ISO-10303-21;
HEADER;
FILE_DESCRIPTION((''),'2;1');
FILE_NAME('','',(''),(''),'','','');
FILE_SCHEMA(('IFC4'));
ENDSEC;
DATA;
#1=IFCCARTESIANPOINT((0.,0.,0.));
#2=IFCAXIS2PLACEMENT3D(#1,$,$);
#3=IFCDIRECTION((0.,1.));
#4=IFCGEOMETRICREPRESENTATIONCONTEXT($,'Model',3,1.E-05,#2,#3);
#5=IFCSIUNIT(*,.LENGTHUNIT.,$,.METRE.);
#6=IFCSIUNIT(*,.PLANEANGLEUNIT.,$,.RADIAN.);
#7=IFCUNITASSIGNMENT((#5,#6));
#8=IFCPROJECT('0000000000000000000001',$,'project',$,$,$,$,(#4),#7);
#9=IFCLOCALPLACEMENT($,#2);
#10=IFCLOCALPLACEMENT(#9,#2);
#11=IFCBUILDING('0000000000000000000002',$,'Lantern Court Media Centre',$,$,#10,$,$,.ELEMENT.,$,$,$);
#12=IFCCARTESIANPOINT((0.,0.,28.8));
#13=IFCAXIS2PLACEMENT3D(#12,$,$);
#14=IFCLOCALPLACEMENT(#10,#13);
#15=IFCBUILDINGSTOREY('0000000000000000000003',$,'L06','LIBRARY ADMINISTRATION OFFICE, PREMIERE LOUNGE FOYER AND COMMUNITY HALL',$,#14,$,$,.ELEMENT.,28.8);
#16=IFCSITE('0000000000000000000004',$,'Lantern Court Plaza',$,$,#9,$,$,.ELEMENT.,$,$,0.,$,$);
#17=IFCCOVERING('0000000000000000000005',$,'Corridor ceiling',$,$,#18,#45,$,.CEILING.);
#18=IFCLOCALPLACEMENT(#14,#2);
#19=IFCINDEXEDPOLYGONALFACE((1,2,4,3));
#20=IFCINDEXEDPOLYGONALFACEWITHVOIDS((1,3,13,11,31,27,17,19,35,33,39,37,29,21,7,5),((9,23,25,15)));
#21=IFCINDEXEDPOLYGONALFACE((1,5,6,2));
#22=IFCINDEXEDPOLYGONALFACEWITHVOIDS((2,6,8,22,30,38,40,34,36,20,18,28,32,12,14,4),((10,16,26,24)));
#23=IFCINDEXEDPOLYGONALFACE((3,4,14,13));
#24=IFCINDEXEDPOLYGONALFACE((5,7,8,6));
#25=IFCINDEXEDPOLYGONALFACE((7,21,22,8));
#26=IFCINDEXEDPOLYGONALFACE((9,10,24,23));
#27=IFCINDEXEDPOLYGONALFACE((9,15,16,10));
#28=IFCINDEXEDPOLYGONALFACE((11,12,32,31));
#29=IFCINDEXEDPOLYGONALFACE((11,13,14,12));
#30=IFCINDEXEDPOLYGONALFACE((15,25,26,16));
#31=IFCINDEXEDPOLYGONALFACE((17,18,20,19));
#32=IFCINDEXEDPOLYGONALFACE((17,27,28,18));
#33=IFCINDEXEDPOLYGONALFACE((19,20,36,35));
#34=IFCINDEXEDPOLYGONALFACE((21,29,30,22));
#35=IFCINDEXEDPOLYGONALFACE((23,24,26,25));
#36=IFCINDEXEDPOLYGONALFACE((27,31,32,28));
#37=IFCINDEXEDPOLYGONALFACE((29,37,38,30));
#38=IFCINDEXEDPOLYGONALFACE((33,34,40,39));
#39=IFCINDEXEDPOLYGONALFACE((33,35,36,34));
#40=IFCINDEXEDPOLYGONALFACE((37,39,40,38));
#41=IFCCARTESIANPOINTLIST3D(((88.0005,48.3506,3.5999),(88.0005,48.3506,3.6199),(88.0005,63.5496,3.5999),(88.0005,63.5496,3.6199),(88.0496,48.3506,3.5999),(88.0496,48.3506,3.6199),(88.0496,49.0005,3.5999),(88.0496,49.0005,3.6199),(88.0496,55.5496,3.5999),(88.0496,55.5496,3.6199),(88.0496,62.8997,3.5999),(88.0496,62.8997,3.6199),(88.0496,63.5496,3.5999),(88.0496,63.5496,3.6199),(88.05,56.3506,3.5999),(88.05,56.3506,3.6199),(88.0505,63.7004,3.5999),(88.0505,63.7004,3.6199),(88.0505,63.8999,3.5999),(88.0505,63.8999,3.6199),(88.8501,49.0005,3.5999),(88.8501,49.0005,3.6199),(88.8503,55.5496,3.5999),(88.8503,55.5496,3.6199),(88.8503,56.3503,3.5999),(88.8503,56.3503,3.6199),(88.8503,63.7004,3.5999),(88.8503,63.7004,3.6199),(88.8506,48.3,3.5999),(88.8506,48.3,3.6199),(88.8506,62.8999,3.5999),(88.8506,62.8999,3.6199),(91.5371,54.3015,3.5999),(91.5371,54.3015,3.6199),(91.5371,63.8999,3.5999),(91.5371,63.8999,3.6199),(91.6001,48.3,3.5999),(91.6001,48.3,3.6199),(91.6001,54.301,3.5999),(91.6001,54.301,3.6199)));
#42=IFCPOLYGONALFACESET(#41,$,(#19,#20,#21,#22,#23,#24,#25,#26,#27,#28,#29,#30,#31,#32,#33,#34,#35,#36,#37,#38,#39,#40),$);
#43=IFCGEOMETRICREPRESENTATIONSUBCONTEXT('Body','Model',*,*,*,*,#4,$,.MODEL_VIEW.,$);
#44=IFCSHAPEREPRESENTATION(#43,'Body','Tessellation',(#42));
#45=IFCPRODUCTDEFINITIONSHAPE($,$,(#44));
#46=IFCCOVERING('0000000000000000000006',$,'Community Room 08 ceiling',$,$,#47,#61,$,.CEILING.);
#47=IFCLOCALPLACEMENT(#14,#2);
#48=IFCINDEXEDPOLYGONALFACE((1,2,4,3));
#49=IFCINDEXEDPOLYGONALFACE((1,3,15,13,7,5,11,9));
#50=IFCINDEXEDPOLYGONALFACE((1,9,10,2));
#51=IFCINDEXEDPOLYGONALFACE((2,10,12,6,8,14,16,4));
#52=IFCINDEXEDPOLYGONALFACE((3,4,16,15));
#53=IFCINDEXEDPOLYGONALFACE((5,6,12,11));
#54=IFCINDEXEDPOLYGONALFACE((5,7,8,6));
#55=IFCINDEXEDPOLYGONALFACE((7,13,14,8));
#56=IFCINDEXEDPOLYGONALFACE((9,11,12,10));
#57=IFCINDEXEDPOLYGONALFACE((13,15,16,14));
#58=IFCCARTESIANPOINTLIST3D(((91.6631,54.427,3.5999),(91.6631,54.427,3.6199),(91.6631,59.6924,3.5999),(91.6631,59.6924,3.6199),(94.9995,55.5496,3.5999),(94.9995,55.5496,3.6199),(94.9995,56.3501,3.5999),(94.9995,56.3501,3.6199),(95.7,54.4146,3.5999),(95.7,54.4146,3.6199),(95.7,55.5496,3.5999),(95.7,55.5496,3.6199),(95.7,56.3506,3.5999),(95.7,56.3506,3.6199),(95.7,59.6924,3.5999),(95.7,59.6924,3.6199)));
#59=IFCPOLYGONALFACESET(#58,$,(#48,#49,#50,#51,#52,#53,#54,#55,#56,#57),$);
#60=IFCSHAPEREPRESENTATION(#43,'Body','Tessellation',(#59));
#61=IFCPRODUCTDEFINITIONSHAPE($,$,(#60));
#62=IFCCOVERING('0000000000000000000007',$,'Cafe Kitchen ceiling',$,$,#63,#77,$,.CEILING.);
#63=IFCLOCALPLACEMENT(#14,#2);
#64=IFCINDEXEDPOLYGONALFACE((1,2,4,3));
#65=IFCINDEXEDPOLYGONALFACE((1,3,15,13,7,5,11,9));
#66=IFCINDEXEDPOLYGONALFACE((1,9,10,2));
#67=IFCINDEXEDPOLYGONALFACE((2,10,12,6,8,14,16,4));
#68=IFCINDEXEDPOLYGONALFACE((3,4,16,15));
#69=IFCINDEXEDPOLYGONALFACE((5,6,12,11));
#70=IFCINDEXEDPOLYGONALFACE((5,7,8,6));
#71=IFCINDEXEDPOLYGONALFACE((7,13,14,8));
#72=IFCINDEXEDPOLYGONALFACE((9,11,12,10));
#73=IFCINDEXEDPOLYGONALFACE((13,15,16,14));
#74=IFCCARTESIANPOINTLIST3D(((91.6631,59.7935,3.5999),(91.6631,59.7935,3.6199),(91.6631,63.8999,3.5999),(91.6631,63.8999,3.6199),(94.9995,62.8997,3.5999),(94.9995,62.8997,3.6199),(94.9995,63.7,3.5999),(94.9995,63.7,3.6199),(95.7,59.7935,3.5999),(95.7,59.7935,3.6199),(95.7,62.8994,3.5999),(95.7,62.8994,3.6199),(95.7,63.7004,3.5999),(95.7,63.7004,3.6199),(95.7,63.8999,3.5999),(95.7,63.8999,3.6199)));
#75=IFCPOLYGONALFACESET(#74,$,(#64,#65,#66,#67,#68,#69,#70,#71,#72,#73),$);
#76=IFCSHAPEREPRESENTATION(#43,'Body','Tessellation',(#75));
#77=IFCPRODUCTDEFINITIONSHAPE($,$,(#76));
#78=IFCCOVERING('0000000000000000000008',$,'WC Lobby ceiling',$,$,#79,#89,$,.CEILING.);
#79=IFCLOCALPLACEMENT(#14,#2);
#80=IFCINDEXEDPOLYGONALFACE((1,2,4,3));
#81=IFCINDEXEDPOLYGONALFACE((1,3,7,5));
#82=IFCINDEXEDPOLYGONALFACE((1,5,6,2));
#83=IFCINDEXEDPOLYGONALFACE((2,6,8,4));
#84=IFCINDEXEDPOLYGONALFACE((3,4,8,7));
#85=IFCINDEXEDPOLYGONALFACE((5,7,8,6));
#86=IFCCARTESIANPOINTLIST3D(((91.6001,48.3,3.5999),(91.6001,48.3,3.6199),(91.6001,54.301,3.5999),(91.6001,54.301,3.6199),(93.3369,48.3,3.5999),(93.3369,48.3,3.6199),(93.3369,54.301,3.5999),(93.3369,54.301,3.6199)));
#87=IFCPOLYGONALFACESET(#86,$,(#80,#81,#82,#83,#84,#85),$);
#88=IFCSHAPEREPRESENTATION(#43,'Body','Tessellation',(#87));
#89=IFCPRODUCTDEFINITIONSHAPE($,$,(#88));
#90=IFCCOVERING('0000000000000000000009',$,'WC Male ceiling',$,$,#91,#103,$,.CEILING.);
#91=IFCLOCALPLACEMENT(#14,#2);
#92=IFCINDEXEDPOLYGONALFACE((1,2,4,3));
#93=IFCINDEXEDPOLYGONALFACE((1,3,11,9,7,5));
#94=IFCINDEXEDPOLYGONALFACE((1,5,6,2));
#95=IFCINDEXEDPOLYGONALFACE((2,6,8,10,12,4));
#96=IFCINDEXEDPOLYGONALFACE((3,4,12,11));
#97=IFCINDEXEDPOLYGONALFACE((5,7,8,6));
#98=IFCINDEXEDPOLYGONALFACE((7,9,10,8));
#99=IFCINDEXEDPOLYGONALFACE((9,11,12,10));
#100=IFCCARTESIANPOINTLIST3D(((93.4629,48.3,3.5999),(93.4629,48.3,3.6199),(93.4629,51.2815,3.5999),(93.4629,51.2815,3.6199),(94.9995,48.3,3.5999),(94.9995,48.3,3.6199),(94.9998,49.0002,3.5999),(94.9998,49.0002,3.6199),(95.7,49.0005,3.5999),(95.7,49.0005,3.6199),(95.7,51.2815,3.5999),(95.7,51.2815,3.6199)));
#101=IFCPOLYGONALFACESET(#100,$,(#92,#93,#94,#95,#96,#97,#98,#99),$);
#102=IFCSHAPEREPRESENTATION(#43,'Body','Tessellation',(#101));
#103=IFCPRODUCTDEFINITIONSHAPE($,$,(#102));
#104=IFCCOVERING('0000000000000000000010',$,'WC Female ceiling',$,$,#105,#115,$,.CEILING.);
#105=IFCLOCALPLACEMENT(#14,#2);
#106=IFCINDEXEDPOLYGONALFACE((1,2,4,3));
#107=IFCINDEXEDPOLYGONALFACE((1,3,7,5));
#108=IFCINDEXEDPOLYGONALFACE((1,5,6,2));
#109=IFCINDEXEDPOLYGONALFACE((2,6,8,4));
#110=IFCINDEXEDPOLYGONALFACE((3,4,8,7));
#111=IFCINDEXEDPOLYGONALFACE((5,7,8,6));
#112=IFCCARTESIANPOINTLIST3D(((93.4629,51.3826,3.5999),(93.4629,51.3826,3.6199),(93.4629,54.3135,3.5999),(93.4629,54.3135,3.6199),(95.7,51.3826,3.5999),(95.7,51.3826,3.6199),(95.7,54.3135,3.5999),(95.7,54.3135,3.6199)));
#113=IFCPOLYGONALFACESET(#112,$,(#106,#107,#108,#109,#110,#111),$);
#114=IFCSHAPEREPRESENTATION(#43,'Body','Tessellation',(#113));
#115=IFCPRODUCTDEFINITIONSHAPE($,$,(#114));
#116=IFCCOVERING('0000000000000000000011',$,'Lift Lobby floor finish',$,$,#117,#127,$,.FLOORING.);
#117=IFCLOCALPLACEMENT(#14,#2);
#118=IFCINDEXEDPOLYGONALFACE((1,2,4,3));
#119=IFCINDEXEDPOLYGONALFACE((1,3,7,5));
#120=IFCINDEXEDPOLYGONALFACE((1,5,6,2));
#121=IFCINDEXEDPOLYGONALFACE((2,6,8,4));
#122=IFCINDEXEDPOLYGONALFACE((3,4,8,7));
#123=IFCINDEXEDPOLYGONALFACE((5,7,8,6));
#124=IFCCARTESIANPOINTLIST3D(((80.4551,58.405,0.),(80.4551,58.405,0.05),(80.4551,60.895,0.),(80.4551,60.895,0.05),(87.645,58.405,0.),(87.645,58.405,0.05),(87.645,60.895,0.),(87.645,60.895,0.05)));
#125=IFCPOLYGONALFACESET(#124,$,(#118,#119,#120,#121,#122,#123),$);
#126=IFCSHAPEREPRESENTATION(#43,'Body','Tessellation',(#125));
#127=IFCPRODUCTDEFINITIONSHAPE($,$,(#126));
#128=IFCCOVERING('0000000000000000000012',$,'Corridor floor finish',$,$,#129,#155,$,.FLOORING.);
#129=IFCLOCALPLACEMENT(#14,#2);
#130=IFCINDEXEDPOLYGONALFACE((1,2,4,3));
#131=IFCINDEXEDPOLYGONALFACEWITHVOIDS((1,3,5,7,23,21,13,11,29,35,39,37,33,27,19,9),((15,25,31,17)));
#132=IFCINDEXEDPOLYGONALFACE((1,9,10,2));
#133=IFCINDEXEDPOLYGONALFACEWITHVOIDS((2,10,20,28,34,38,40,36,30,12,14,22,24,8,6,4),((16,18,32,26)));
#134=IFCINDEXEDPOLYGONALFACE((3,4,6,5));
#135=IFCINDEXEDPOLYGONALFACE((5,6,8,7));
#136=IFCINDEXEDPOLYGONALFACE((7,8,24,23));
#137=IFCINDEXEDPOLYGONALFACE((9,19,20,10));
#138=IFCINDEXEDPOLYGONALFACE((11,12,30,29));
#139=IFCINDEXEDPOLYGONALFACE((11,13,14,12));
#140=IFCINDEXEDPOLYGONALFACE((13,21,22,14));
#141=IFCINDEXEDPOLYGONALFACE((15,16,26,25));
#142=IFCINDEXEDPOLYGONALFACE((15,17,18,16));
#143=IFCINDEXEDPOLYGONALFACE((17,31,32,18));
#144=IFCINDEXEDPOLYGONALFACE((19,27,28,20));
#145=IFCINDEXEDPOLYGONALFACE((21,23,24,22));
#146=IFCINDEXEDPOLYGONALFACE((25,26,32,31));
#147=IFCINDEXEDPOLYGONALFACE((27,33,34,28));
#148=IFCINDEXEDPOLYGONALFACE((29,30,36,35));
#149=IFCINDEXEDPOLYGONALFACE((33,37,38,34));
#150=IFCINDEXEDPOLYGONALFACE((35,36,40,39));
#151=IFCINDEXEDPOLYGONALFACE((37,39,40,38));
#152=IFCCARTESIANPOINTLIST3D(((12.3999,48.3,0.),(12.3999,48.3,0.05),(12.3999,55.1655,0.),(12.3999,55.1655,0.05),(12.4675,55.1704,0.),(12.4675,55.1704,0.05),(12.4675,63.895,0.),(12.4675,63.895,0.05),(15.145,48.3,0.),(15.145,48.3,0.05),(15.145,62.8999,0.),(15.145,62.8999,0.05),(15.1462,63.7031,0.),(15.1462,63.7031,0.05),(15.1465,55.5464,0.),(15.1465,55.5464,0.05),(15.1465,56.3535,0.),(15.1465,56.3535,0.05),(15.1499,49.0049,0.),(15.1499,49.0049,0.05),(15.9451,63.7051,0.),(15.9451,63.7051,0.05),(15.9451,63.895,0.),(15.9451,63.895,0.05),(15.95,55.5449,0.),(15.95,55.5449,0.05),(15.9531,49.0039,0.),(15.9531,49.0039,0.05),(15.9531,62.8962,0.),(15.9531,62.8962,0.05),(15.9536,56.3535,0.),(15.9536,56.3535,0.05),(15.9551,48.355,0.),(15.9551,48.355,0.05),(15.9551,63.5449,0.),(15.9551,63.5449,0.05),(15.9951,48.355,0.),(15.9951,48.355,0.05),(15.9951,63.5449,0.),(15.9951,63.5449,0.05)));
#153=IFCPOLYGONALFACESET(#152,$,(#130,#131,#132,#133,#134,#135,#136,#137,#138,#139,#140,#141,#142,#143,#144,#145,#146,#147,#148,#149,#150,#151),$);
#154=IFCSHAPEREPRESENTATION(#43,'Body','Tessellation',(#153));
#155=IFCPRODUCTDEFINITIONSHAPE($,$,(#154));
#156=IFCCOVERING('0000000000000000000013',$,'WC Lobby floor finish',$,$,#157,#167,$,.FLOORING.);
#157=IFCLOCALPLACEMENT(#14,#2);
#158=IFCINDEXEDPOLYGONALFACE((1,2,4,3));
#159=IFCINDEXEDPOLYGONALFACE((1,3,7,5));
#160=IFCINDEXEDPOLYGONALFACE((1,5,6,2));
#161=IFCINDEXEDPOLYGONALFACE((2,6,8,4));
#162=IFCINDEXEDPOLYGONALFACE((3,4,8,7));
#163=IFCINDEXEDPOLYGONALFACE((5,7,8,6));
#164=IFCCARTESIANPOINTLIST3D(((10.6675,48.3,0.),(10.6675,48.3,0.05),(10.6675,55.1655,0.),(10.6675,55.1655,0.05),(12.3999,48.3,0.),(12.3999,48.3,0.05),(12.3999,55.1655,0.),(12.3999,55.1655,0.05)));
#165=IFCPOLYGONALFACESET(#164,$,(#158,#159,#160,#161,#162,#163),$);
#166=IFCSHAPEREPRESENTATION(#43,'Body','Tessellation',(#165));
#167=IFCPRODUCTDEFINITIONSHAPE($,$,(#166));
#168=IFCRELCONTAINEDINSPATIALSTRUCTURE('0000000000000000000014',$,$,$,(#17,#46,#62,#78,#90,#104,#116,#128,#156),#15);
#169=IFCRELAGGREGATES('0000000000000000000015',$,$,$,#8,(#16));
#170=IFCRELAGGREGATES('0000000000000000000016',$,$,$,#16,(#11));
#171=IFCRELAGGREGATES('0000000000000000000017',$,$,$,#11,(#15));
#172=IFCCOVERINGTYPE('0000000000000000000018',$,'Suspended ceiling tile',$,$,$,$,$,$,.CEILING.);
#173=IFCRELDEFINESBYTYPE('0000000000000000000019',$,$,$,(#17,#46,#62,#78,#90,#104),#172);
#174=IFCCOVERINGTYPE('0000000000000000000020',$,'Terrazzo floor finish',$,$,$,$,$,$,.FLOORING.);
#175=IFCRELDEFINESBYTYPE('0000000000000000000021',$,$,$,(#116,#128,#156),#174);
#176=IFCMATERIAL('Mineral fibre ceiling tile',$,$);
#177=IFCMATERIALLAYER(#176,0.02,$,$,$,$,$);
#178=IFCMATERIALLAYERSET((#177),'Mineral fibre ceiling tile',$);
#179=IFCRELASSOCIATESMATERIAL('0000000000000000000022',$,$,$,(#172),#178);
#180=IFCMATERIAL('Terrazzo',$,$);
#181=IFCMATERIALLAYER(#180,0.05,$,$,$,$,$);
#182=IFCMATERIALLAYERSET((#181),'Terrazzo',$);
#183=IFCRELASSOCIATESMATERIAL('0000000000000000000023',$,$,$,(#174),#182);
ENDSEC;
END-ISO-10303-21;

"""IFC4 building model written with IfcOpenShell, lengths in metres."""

from ifc_helpers import new_model, si_unit, direction, frame, origin, place, context, subcontext, project, spatial, polyline, outline, extrude, material, layer, layer_set, type_object, element, save


model = new_model("IFC4")

# Units and contexts
model_context = context("Model", 3, precision=1e-05, world=origin(), true_north=direction((0.0, 1.0)))
body_context = subcontext(model_context, "Body", "Model", "MODEL_VIEW")
ifc_project = project(units=[si_unit("LENGTHUNIT", "METRE"), si_unit("PLANEANGLEUNIT", "RADIAN")], contexts=[model_context])

# Site, building, storey
site_placement = place(None, origin())
site = spatial("IfcSite", under=ifc_project, at=site_placement, Name="Lantern Court Plaza", CompositionType="ELEMENT", RefElevation=0.0)
building_placement = place(site_placement, origin())
building = spatial("IfcBuilding", under=site, at=building_placement, Name="Lantern Court Media Centre", CompositionType="ELEMENT")
storey_placement = place(building_placement, frame((0.0, 0.0, 28.8)))
storey = spatial("IfcBuildingStorey", under=building, at=storey_placement, Name="L06", Description="LIBRARY ADMINISTRATION OFFICE, PREMIERE LOUNGE FOYER AND COMMUNITY HALL", CompositionType="ELEMENT", Elevation=28.8)

# Coverings
ifc_material_1 = material(Name="Mineral fibre ceiling tile")
ifc_layer_1 = layer(ifc_material_1, 0.02)
ifc_layer_set_1 = layer_set([ifc_layer_1], Name="Mineral fibre ceiling tile")
covering_type_1 = type_object("IfcCoveringType", Name="Suspended ceiling tile", PredefinedType="CEILING", material=ifc_layer_set_1)
covering_1_placement = place(storey_placement, frame((0.0, 0.0, 3.5999)))
element("IfcCovering", 1, at=covering_1_placement, inside=storey, type_object=covering_type_1, Name="Corridor ceiling", PredefinedType="CEILING", context=body_context, shape_type="SweptSolid", body=[
    extrude(outline(polyline([(91.6001, 48.3), (88.8506, 48.3), (88.8501, 49.0005), (88.0496, 49.0005), (88.0496, 48.3506), (88.0005, 48.3506), (88.0005, 63.5496), (88.0496, 63.5496), (88.0496, 62.8997), (88.8506, 62.8999), (88.8503, 63.7004), (88.0505, 63.7004), (88.0505, 63.8999), (91.5371, 63.8999), (91.5371, 54.3015), (91.6001, 54.301), (91.6001, 48.3)]), holes=[polyline([(88.05, 56.3506), (88.0496, 55.5496), (88.8503, 55.5496), (88.8503, 56.3503), (88.05, 56.3506)])]), origin(), (0.0, 0.0, 1.0), 0.02),
])
covering_2_placement = place(storey_placement, frame((0.0, 0.0, 3.5999)))
element("IfcCovering", 2, at=covering_2_placement, inside=storey, type_object=covering_type_1, Name="Community Room 08 ceiling", PredefinedType="CEILING", context=body_context, shape_type="SweptSolid", body=[
    extrude(outline(polyline([(95.7, 54.4146), (91.6631, 54.427), (91.6631, 59.6924), (95.7, 59.6924), (95.7, 56.3506), (94.9995, 56.3501), (94.9995, 55.5496), (95.7, 55.5496), (95.7, 54.4146)])), origin(), (0.0, 0.0, 1.0), 0.02),
])
covering_3_placement = place(storey_placement, frame((0.0, 0.0, 3.5999)))
element("IfcCovering", 3, at=covering_3_placement, inside=storey, type_object=covering_type_1, Name="Cafe Kitchen ceiling", PredefinedType="CEILING", context=body_context, shape_type="SweptSolid", body=[
    extrude(outline(polyline([(95.7, 59.7935), (91.6631, 59.7935), (91.6631, 63.8999), (95.7, 63.8999), (95.7, 63.7004), (94.9995, 63.7), (94.9995, 62.8997), (95.7, 62.8994), (95.7, 59.7935)])), origin(), (0.0, 0.0, 1.0), 0.02),
])
covering_4_placement = place(storey_placement, frame((0.0, 0.0, 3.5999)))
element("IfcCovering", 4, at=covering_4_placement, inside=storey, type_object=covering_type_1, Name="WC Lobby ceiling", PredefinedType="CEILING", context=body_context, shape_type="SweptSolid", body=[
    extrude(outline(polyline([(91.6001, 48.3), (91.6001, 54.301), (93.3369, 54.301), (93.3369, 48.3), (91.6001, 48.3)])), origin(), (0.0, 0.0, 1.0), 0.02),
])
covering_5_placement = place(storey_placement, frame((0.0, 0.0, 3.5999)))
element("IfcCovering", 5, at=covering_5_placement, inside=storey, type_object=covering_type_1, Name="WC Male ceiling", PredefinedType="CEILING", context=body_context, shape_type="SweptSolid", body=[
    extrude(outline(polyline([(95.7, 49.0005), (94.9998, 49.0002), (94.9995, 48.3), (93.4629, 48.3), (93.4629, 51.2815), (95.7, 51.2815), (95.7, 49.0005)])), origin(), (0.0, 0.0, 1.0), 0.02),
])
covering_6_placement = place(storey_placement, frame((0.0, 0.0, 3.5999)))
element("IfcCovering", 6, at=covering_6_placement, inside=storey, type_object=covering_type_1, Name="WC Female ceiling", PredefinedType="CEILING", context=body_context, shape_type="SweptSolid", body=[
    extrude(outline(polyline([(95.7, 51.3826), (93.4629, 51.3826), (93.4629, 54.3135), (95.7, 54.3135), (95.7, 51.3826)])), origin(), (0.0, 0.0, 1.0), 0.02),
])
ifc_material_2 = material(Name="Terrazzo")
ifc_layer_2 = layer(ifc_material_2, 0.05)
ifc_layer_set_2 = layer_set([ifc_layer_2], Name="Terrazzo")
covering_type_2 = type_object("IfcCoveringType", Name="Terrazzo floor finish", PredefinedType="FLOORING", material=ifc_layer_set_2)
covering_7_placement = place(storey_placement, origin())
element("IfcCovering", 7, at=covering_7_placement, inside=storey, type_object=covering_type_2, Name="Lift Lobby floor finish", PredefinedType="FLOORING", context=body_context, shape_type="SweptSolid", body=[
    extrude(outline(polyline([(80.4551, 58.405), (80.4551, 60.895), (87.645, 60.895), (87.645, 58.405), (80.4551, 58.405)])), origin(), (0.0, 0.0, 1.0), 0.05),
])
covering_8_placement = place(storey_placement, origin())
element("IfcCovering", 8, at=covering_8_placement, inside=storey, type_object=covering_type_2, Name="Corridor floor finish", PredefinedType="FLOORING", context=body_context, shape_type="SweptSolid", body=[
    extrude(outline(polyline([(12.3999, 48.3), (12.3999, 55.1655), (12.4675, 55.1704), (12.4675, 63.895), (15.9451, 63.895), (15.9451, 63.7051), (15.1462, 63.7031), (15.145, 62.8999), (15.9531, 62.8962), (15.9551, 63.5449), (15.9951, 63.5449), (15.9951, 48.355), (15.9551, 48.355), (15.9531, 49.0039), (15.1499, 49.0049), (15.145, 48.3), (12.3999, 48.3)]), holes=[polyline([(15.95, 55.5449), (15.9536, 56.3535), (15.1465, 56.3535), (15.1465, 55.5464), (15.95, 55.5449)])]), origin(), (0.0, 0.0, 1.0), 0.05),
])
covering_9_placement = place(storey_placement, origin())
element("IfcCovering", 9, at=covering_9_placement, inside=storey, type_object=covering_type_2, Name="WC Lobby floor finish", PredefinedType="FLOORING", context=body_context, shape_type="SweptSolid", body=[
    extrude(outline(polyline([(12.3999, 48.3), (10.6675, 48.3), (10.6675, 55.1655), (12.3999, 55.1655), (12.3999, 48.3)])), origin(), (0.0, 0.0, 1.0), 0.05),
])

save(model, "model.ifc")
